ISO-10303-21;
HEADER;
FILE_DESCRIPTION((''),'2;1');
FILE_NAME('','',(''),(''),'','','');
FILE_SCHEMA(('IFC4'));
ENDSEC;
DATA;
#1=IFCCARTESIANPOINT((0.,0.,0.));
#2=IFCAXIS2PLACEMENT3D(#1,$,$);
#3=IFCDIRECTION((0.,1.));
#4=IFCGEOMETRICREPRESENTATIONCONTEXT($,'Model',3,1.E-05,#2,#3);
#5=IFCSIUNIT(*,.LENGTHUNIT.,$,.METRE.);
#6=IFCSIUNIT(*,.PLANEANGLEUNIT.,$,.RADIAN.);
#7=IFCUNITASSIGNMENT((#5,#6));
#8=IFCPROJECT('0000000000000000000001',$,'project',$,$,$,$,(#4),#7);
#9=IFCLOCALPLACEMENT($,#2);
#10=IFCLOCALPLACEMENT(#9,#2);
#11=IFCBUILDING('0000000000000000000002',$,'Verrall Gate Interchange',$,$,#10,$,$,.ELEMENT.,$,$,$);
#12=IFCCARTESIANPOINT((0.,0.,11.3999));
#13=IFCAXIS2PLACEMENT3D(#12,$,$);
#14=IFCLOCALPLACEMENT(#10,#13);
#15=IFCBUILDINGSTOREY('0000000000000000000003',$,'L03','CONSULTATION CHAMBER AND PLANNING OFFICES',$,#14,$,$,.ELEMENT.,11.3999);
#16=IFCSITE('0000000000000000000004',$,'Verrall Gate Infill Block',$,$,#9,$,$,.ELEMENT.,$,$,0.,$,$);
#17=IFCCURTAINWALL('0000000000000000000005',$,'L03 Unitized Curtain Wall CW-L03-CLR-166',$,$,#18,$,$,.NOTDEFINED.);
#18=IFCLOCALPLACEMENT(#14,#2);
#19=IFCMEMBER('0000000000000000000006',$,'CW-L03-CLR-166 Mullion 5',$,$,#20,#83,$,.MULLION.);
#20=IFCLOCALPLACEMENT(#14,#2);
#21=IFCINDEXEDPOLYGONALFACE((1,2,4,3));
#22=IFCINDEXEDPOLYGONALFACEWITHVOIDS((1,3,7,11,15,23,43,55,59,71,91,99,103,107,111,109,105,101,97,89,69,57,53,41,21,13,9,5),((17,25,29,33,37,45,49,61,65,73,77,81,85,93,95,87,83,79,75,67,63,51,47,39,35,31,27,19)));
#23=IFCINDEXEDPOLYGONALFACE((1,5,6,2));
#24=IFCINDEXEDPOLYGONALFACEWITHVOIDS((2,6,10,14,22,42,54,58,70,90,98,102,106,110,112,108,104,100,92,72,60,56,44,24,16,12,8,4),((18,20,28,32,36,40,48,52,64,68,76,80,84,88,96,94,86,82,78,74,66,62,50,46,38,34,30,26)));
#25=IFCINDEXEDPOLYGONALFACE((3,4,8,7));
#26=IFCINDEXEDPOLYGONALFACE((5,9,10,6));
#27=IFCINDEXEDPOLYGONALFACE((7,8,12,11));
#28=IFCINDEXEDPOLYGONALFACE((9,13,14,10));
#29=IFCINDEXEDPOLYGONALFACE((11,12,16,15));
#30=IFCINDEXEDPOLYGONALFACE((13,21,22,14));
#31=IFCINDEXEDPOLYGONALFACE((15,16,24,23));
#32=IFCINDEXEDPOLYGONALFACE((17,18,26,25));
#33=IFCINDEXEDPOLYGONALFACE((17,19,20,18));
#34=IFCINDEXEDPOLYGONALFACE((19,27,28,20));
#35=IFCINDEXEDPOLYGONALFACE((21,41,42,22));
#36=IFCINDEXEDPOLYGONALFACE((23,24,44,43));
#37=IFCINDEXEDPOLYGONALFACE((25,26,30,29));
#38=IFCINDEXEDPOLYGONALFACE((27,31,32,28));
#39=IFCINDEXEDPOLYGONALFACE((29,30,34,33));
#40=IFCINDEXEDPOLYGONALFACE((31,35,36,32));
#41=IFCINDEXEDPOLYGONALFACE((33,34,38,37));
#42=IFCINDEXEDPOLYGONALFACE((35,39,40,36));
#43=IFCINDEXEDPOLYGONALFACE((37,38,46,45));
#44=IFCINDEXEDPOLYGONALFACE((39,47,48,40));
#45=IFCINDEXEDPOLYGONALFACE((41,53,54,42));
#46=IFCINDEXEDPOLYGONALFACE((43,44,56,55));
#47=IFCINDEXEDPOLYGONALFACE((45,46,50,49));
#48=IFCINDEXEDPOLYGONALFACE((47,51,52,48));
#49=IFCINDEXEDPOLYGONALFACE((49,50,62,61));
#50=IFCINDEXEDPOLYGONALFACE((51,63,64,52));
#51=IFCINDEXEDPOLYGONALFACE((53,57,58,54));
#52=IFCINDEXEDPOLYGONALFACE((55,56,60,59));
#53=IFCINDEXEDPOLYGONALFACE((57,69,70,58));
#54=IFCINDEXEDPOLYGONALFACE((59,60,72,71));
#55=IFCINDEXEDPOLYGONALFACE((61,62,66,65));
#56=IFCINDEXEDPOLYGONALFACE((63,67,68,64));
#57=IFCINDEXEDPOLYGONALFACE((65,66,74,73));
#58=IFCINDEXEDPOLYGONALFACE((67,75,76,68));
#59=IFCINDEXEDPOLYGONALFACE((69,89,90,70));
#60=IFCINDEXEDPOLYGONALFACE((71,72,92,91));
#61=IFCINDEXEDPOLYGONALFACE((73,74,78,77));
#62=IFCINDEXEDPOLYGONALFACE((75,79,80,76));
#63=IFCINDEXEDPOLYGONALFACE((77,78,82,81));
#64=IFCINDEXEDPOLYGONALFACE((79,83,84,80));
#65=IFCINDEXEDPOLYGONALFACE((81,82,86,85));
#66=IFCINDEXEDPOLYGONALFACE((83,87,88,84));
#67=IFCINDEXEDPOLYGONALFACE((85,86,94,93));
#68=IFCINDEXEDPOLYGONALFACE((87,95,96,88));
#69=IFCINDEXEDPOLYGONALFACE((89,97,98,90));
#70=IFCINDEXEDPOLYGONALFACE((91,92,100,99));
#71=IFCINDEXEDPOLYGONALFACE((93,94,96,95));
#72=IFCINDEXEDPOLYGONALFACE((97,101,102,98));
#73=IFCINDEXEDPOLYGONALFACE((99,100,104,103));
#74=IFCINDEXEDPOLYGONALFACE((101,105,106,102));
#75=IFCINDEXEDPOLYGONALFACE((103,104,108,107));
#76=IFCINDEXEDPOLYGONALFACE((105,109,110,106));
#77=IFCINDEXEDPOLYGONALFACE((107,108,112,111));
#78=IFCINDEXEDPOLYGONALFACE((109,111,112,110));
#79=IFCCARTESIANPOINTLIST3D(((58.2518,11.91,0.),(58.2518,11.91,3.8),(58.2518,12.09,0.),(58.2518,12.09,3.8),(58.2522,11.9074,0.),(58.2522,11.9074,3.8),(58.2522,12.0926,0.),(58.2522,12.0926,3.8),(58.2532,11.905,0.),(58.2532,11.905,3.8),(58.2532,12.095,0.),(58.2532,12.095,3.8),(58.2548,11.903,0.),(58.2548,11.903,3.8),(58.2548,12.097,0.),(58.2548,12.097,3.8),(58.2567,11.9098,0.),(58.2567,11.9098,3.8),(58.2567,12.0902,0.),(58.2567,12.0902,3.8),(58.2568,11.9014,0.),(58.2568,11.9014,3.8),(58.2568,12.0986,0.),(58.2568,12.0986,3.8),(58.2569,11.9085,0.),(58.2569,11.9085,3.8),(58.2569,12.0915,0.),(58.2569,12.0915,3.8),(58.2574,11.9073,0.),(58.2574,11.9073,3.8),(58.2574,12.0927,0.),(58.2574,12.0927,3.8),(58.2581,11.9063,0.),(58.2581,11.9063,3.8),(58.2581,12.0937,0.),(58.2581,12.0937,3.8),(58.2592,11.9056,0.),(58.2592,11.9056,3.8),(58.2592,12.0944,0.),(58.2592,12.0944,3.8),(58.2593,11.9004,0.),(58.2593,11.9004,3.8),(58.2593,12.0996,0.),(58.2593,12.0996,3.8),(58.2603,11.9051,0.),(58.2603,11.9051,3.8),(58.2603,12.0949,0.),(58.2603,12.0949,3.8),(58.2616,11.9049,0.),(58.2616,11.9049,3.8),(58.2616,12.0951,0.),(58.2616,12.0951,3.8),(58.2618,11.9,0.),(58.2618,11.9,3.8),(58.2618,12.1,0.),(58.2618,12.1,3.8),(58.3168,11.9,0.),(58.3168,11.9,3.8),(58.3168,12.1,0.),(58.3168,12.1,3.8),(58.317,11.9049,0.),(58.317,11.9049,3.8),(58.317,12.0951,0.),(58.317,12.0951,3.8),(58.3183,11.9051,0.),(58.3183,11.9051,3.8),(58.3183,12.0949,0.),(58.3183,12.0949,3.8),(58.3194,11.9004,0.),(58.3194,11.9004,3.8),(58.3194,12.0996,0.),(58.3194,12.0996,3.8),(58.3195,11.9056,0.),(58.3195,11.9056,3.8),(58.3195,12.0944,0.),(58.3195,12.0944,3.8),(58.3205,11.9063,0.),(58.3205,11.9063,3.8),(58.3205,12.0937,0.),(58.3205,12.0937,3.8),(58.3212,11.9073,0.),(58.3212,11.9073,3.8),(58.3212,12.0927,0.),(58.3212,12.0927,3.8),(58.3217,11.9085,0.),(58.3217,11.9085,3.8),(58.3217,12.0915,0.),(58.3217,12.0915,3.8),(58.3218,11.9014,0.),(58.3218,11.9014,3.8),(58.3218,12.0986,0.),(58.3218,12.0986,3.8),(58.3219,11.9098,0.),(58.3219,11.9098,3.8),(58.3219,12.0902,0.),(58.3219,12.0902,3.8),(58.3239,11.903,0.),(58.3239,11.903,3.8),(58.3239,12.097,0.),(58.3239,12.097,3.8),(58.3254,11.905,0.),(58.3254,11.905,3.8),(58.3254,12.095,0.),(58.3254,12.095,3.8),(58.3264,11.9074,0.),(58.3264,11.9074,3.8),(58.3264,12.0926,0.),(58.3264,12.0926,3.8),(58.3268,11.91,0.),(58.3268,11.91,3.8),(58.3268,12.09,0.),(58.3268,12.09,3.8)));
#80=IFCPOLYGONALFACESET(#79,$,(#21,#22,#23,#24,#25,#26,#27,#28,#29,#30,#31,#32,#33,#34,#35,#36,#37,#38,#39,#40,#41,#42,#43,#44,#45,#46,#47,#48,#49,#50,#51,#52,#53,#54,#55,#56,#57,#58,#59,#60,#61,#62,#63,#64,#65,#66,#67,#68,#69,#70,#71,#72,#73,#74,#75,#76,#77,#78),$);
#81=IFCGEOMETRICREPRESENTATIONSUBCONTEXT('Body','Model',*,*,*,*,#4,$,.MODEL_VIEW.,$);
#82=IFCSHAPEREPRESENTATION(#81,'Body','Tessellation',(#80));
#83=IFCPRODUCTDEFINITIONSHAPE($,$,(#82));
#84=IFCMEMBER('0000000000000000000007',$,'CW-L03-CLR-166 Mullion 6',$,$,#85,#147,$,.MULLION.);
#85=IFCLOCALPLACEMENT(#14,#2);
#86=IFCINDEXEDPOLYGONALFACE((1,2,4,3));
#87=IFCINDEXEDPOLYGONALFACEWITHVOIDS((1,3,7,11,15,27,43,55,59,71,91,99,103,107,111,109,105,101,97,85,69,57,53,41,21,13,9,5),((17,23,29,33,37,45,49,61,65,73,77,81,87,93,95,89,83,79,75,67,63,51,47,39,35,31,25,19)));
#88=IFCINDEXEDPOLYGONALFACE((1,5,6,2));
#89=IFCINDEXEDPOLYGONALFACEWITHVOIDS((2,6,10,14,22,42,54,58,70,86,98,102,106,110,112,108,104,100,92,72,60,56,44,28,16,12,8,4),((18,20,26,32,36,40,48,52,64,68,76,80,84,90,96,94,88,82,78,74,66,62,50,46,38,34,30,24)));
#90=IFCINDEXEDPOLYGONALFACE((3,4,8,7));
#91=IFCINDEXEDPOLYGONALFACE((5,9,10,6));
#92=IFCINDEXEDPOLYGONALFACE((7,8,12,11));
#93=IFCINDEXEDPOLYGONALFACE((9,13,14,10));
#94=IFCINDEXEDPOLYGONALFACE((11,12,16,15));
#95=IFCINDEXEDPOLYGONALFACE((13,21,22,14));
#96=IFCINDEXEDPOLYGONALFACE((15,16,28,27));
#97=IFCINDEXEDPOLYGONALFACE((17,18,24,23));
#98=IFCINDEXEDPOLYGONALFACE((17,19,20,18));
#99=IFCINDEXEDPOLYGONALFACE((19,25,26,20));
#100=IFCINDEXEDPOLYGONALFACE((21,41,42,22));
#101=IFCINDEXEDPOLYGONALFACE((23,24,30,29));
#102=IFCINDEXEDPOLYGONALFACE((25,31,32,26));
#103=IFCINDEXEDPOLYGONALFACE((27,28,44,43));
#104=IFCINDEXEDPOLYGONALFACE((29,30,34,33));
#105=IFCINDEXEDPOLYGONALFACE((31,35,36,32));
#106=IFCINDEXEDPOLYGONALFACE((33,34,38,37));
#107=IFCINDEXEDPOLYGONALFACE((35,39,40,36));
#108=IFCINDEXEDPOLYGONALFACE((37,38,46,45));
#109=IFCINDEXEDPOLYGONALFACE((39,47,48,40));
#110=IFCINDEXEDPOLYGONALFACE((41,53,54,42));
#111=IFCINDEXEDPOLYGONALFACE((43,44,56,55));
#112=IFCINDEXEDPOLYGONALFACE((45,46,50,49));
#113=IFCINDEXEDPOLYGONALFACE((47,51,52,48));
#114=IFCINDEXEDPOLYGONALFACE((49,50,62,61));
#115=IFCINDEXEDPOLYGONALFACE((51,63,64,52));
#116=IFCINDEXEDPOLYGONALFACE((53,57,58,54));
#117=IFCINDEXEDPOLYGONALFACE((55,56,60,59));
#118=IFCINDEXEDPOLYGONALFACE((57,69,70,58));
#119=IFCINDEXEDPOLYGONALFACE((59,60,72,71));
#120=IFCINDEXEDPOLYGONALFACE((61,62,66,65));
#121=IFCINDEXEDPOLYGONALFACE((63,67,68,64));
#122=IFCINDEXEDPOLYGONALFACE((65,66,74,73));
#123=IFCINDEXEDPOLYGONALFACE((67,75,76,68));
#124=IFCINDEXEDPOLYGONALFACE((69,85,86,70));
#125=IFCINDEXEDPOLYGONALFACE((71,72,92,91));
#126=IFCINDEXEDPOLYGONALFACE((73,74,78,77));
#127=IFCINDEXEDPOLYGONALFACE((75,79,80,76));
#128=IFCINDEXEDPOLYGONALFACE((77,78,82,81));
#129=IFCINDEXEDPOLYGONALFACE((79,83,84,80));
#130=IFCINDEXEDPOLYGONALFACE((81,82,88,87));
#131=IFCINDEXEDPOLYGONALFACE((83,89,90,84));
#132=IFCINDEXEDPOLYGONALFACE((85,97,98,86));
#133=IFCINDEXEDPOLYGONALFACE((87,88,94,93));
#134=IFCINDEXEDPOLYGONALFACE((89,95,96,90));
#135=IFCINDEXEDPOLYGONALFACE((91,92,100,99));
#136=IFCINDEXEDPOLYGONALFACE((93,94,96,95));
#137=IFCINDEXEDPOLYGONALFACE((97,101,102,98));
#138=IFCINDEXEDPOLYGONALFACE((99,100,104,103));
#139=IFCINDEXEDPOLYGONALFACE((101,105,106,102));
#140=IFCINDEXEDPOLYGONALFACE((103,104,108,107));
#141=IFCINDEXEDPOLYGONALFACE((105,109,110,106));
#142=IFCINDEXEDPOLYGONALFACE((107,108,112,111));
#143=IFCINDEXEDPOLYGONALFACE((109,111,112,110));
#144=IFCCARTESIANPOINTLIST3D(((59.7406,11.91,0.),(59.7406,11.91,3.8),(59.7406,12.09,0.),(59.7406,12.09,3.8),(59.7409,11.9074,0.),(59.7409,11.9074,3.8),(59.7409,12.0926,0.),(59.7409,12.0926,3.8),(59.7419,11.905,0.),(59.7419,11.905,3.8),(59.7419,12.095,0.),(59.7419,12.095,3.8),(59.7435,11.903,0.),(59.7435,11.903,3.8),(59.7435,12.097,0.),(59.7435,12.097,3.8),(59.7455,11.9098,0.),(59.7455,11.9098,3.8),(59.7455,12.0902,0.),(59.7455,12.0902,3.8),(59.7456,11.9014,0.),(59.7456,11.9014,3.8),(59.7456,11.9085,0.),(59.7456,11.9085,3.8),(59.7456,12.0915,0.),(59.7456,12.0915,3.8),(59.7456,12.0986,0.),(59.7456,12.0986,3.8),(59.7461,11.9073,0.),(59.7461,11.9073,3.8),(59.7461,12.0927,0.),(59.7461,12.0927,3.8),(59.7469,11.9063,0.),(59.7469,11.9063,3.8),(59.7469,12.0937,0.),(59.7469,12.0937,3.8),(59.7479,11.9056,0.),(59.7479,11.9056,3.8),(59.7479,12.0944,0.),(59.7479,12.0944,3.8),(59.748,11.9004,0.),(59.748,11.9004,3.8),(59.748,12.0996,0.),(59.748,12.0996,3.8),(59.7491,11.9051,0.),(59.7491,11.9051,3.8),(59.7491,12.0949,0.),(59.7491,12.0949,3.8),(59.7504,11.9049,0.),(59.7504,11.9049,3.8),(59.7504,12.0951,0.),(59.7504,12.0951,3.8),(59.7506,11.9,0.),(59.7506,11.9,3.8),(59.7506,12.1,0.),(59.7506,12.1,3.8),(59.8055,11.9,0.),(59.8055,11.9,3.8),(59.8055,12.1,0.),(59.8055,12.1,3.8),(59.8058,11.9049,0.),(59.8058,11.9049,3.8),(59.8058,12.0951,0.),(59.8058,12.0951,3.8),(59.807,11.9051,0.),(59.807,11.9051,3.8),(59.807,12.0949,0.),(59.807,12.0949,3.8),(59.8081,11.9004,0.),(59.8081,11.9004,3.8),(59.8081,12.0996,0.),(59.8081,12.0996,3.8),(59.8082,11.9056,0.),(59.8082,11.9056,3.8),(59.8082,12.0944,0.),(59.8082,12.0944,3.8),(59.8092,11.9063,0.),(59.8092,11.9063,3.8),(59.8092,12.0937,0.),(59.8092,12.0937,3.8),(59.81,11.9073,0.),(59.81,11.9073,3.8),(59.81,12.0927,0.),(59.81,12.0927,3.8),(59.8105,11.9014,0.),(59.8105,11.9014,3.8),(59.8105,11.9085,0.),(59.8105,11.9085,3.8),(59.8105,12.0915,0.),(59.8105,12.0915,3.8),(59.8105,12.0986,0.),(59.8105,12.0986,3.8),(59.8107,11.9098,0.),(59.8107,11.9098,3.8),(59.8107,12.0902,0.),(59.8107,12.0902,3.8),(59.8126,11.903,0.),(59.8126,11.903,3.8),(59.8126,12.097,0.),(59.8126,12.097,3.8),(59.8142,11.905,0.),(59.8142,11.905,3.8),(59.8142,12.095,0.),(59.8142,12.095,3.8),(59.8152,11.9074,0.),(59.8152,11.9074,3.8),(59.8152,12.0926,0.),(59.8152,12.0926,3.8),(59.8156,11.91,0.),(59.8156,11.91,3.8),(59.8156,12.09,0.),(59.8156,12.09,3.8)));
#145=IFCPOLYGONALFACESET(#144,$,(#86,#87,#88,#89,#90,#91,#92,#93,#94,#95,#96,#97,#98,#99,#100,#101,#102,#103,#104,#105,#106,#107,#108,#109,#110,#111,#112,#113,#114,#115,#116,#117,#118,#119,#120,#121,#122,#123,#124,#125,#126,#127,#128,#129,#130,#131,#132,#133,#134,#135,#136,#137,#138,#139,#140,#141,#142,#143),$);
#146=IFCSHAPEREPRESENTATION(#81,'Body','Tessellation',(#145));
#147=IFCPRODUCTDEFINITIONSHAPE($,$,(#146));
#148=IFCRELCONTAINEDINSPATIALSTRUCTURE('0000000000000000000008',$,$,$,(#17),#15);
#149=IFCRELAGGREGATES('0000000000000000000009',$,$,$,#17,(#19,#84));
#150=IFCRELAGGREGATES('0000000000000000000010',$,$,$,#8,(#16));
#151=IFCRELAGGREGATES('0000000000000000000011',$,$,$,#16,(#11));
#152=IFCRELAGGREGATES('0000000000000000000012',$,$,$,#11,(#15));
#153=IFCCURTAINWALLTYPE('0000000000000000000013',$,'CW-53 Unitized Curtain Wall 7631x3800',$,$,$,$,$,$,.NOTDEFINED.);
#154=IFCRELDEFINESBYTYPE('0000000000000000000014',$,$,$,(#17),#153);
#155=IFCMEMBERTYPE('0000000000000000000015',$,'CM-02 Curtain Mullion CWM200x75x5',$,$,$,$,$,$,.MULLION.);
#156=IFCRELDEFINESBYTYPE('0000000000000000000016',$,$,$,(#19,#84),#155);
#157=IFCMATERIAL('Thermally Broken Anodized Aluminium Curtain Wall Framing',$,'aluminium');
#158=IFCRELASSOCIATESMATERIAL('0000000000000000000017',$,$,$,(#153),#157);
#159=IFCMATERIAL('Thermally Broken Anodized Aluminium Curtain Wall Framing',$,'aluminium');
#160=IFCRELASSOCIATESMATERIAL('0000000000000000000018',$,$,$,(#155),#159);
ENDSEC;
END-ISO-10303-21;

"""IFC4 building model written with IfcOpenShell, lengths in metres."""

from ifc_helpers import new_model, si_unit, direction, frame, origin, origin_2d, place, context, subcontext, project, spatial, hollow_rectangle, extrude, material, material_profile, profile_set, type_object, element, aggregate, save


model = new_model("IFC4")

# Units and contexts
model_context = context("Model", 3, precision=1e-05, world=origin(), true_north=direction((0.0, 1.0)))
body_context = subcontext(model_context, "Body", "Model", "MODEL_VIEW")
ifc_project = project(units=[si_unit("LENGTHUNIT", "METRE"), si_unit("PLANEANGLEUNIT", "RADIAN")], contexts=[model_context])

# Site, building, storey
site_placement = place(None, origin())
site = spatial("IfcSite", under=ifc_project, at=site_placement, Name="Verrall Gate Infill Block", CompositionType="ELEMENT", RefElevation=0.0)
building_placement = place(site_placement, origin())
building = spatial("IfcBuilding", under=site, at=building_placement, Name="Verrall Gate Interchange", CompositionType="ELEMENT")
storey_placement = place(building_placement, frame((0.0, 0.0, 11.3999)))
storey = spatial("IfcBuildingStorey", under=building, at=storey_placement, Name="L03", Description="CONSULTATION CHAMBER AND PLANNING OFFICES", CompositionType="ELEMENT", Elevation=11.3999)

# Curtain wall, members
ifc_material_1 = material(Name="Thermally Broken Anodized Aluminium Curtain Wall Framing", Category="aluminium")
curtain_wall_type = type_object("IfcCurtainWallType", Name="CW-53 Unitized Curtain Wall 7631x3800", PredefinedType="NOTDEFINED", material=ifc_material_1)
curtain_wall_placement = place(storey_placement, origin())
curtain_wall = element("IfcCurtainWall", 1, at=curtain_wall_placement, inside=storey, type_object=curtain_wall_type, Name="L03 Unitized Curtain Wall CW-L03-CLR-166", PredefinedType="NOTDEFINED")
ifc_material_2 = material(Name="Thermally Broken Anodized Aluminium Curtain Wall Framing", Category="aluminium")
ifc_material_profile_1 = material_profile(ifc_material_2, hollow_rectangle(XDim=0.075, YDim=0.2, WallThickness=0.0049, InnerFilletRadius=0.0049, OuterFilletRadius=0.01, at=origin_2d()), Name="CWM200x75x5")
ifc_profile_set_1 = profile_set([ifc_material_profile_1], Name="Thermally Broken Anodized Aluminium Curtain Wall Framing")
member_type_1 = type_object("IfcMemberType", Name="CM-02 Curtain Mullion CWM200x75x5", PredefinedType="MULLION", material=ifc_profile_set_1)
member_1_placement = place(storey_placement, frame((58.2893, 12.0, 0.0), z_axis=(0.0, 0.0, 1.0), x_axis=(1.0, 0.0, 0.0)))
member_1 = element("IfcMember", 2, at=member_1_placement, type_object=member_type_1, Name="CW-L03-CLR-166 Mullion 5", PredefinedType="MULLION", context=body_context, shape_type="SweptSolid", body=[
    extrude(hollow_rectangle(XDim=0.075, YDim=0.2, WallThickness=0.0049, InnerFilletRadius=0.0049, OuterFilletRadius=0.01, at=origin_2d()), origin(), (0.0, 0.0, 1.0), 3.8),
])
member_2_placement = place(storey_placement, frame((59.7781, 12.0, 0.0), z_axis=(0.0, 0.0, 1.0), x_axis=(1.0, 0.0, 0.0)))
member_2 = element("IfcMember", 3, at=member_2_placement, type_object=member_type_1, Name="CW-L03-CLR-166 Mullion 6", PredefinedType="MULLION", context=body_context, shape_type="SweptSolid", body=[
    extrude(hollow_rectangle(XDim=0.075, YDim=0.2, WallThickness=0.0049, InnerFilletRadius=0.0049, OuterFilletRadius=0.01, at=origin_2d()), origin(), (0.0, 0.0, 1.0), 3.8),
])

aggregate(curtain_wall, [member_1, member_2])

save(model, "model.ifc")
